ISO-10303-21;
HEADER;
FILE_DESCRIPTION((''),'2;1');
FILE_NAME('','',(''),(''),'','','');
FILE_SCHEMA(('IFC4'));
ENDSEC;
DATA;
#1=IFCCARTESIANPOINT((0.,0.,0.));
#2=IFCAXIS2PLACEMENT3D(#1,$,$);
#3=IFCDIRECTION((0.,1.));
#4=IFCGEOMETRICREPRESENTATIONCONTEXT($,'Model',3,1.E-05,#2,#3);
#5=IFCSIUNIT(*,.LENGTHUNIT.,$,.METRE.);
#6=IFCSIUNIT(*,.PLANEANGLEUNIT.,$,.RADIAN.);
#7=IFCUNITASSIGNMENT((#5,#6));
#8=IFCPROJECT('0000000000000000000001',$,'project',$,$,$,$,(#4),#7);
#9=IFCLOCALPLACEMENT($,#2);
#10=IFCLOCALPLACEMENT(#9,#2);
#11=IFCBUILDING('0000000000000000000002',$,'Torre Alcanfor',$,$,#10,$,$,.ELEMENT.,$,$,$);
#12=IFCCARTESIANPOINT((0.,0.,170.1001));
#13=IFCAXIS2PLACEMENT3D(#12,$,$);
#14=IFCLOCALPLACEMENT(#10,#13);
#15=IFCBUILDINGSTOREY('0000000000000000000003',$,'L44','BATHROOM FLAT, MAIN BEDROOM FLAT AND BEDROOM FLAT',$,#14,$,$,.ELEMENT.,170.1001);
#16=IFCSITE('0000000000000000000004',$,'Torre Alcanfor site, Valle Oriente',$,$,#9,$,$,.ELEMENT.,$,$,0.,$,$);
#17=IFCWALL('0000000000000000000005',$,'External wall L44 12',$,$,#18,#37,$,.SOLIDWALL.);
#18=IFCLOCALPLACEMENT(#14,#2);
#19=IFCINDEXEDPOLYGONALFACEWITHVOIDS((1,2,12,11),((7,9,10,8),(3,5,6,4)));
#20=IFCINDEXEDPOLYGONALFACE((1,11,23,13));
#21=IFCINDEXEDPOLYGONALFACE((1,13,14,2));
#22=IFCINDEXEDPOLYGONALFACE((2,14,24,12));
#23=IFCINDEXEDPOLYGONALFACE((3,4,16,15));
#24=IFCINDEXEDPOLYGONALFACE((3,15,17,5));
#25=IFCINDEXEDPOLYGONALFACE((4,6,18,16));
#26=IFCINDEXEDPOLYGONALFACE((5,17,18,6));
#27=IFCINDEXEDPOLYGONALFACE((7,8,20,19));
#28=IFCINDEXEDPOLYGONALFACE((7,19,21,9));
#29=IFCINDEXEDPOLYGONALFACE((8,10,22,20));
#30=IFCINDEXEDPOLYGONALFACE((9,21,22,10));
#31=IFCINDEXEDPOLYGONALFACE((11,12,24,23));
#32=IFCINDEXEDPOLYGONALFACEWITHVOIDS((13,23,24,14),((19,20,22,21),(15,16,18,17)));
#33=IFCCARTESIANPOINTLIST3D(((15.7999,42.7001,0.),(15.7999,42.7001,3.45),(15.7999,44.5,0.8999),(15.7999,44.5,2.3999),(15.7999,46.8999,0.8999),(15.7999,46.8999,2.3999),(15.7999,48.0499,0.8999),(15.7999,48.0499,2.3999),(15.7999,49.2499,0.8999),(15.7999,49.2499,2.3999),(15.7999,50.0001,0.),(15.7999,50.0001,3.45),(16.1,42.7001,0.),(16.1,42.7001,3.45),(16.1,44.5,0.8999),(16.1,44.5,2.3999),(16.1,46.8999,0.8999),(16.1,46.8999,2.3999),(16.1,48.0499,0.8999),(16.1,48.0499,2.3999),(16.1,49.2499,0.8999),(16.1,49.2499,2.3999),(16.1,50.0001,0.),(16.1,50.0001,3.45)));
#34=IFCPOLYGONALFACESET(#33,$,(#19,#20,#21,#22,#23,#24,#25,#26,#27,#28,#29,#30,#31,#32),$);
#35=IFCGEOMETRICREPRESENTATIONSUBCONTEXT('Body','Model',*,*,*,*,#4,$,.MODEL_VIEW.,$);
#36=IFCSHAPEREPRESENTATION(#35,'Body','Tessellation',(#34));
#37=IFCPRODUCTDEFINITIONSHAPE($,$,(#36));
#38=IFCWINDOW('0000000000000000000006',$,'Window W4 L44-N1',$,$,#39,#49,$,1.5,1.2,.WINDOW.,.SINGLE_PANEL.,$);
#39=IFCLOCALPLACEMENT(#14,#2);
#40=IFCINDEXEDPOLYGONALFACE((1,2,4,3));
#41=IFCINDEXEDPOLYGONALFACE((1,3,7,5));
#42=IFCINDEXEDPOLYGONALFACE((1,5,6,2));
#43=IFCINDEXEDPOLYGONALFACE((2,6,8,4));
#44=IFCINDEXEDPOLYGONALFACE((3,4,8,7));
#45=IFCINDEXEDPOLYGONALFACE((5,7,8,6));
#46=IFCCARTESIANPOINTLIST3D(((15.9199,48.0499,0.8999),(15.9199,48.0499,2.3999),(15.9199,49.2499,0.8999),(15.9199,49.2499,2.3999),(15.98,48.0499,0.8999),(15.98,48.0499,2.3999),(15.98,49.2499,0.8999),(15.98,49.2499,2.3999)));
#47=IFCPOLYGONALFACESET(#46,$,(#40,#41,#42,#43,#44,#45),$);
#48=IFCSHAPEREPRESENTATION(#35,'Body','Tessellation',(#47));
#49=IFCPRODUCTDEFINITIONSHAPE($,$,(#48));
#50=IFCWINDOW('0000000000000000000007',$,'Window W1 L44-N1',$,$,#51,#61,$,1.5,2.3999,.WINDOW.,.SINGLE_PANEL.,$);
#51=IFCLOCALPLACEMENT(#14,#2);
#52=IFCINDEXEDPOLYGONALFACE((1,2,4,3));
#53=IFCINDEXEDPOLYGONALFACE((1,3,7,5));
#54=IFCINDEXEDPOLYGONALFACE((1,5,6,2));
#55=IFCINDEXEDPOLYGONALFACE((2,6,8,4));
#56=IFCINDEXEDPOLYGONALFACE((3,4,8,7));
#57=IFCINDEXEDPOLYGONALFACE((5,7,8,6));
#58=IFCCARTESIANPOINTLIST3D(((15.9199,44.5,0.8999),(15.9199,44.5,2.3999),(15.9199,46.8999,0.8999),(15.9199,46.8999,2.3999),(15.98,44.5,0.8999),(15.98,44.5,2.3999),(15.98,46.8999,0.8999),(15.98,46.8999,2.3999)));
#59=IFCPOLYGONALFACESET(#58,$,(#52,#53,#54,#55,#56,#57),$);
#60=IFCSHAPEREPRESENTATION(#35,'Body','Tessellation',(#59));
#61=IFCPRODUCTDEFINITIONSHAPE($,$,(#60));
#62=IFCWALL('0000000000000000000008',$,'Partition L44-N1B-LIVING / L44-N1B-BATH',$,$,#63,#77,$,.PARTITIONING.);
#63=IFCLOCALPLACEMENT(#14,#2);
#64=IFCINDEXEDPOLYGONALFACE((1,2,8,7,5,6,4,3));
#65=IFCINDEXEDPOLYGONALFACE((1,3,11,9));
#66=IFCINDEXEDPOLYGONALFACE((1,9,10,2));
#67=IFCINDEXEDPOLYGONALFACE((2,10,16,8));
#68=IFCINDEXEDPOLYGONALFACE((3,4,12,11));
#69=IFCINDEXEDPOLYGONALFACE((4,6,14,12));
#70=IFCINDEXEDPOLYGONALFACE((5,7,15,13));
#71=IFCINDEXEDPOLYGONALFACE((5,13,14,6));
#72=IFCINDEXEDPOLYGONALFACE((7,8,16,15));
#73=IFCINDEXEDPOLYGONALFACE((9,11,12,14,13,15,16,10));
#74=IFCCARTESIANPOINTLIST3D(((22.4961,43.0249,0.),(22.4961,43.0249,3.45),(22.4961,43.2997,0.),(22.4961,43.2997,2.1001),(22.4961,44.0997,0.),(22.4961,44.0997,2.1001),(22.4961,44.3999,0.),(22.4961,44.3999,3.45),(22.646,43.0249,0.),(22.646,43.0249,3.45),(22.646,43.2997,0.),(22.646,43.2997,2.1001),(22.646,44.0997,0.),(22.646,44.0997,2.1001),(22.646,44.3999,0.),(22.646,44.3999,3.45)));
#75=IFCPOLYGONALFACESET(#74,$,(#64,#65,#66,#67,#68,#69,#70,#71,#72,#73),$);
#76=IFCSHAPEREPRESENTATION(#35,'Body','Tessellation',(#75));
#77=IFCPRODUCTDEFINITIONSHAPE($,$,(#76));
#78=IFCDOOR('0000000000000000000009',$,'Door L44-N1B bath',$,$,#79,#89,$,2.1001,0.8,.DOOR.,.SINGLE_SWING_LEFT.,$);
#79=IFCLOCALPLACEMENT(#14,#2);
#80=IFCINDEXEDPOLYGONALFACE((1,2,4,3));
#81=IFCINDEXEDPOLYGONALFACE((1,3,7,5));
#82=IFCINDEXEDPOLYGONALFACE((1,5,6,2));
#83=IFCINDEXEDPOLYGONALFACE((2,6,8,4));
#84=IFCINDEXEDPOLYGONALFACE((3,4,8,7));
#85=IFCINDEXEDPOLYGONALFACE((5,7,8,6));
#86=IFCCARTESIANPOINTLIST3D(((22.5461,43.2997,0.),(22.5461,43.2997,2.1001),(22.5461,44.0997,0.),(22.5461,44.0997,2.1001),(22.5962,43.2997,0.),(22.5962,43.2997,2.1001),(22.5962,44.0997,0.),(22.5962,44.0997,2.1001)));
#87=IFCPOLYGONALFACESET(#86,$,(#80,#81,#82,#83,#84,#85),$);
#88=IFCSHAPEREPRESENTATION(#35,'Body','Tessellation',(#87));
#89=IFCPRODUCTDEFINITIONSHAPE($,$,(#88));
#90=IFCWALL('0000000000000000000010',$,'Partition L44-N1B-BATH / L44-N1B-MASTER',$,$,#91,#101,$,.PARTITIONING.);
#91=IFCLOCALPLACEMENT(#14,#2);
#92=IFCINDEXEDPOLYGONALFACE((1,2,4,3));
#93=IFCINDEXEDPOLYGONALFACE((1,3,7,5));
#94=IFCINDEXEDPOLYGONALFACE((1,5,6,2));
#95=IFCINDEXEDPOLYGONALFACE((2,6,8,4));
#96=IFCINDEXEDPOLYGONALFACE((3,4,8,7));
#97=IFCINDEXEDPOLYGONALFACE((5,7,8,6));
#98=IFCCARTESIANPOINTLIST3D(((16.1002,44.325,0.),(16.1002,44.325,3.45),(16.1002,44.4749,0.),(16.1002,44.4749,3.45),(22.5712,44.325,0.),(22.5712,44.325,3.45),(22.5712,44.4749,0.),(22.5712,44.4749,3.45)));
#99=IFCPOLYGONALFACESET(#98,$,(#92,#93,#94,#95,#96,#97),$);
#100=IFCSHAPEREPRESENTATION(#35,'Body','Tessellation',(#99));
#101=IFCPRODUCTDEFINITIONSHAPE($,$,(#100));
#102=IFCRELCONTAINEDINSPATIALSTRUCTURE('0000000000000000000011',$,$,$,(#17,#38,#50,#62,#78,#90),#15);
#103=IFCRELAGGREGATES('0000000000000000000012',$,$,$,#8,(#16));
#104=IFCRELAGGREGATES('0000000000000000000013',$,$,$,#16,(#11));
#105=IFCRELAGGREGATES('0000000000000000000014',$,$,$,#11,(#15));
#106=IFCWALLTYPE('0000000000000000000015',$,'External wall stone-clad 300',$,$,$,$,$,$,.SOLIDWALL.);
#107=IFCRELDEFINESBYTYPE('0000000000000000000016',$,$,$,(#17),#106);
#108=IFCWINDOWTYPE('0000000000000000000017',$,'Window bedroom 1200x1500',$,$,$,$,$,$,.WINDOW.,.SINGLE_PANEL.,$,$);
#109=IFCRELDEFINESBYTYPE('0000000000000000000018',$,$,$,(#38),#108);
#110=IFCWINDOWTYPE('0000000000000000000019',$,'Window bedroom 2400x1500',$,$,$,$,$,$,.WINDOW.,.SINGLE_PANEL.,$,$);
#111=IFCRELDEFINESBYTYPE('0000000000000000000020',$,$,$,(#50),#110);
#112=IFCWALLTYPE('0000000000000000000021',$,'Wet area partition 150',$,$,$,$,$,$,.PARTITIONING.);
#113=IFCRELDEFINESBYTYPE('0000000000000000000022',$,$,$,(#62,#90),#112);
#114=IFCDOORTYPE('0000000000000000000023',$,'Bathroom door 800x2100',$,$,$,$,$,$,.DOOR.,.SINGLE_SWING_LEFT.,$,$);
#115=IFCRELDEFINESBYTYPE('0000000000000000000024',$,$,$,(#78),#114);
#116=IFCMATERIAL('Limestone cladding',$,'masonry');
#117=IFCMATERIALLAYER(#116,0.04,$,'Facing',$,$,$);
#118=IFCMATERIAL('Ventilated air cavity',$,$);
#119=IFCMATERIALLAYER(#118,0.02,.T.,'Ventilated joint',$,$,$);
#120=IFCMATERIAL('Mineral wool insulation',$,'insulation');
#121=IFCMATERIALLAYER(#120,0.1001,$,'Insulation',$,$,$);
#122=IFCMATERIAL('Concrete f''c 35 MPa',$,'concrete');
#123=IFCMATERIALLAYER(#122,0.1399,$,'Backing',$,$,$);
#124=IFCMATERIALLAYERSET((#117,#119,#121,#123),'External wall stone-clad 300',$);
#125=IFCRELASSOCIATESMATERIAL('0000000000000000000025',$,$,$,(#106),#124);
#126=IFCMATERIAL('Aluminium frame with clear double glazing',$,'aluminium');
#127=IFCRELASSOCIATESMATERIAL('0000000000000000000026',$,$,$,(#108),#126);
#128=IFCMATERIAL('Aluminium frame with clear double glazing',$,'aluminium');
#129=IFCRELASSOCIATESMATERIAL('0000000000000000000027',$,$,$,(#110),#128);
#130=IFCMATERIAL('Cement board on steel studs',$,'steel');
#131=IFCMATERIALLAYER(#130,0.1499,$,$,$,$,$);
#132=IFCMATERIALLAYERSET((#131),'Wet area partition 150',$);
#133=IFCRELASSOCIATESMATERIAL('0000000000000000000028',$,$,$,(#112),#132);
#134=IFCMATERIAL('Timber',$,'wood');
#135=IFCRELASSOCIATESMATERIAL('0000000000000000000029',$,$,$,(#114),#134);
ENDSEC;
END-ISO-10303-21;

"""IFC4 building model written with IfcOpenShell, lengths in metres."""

from ifc_helpers import new_model, si_unit, direction, frame, frame_2d, origin, place, context, subcontext, project, spatial, rectangle, extrude, material, layer, layer_set, type_object, element, fill, save


model = new_model("IFC4")

# Units and contexts
model_context = context("Model", 3, precision=1e-05, world=origin(), true_north=direction((0.0, 1.0)))
body_context = subcontext(model_context, "Body", "Model", "MODEL_VIEW")
ifc_project = project(units=[si_unit("LENGTHUNIT", "METRE"), si_unit("PLANEANGLEUNIT", "RADIAN")], contexts=[model_context])

# Site, building, storey
site_placement = place(None, origin())
site = spatial("IfcSite", under=ifc_project, at=site_placement, Name="Torre Alcanfor site, Valle Oriente", CompositionType="ELEMENT", RefElevation=0.0)
building_placement = place(site_placement, origin())
building = spatial("IfcBuilding", under=site, at=building_placement, Name="Torre Alcanfor", CompositionType="ELEMENT")
storey_placement = place(building_placement, frame((0.0, 0.0, 170.1001)))
storey = spatial("IfcBuildingStorey", under=building, at=storey_placement, Name="L44", Description="BATHROOM FLAT, MAIN BEDROOM FLAT AND BEDROOM FLAT", CompositionType="ELEMENT", Elevation=170.1001)

# Shared definitions
ifc_material_1 = material(Name="Limestone cladding", Category="masonry")
ifc_layer_1 = layer(ifc_material_1, 0.04, Name="Facing")
ifc_material_2 = material(Name="Ventilated air cavity")
ifc_layer_2 = layer(ifc_material_2, 0.02, ventilated=True, Name="Ventilated joint")
ifc_material_3 = material(Name="Mineral wool insulation", Category="insulation")
ifc_layer_3 = layer(ifc_material_3, 0.1001, Name="Insulation")
ifc_material_4 = material(Name="Concrete f'c 35 MPa", Category="concrete")
ifc_layer_4 = layer(ifc_material_4, 0.1399, Name="Backing")
ifc_layer_set_1 = layer_set([ifc_layer_1, ifc_layer_2, ifc_layer_3, ifc_layer_4], Name="External wall stone-clad 300")
wall_type_1 = type_object("IfcWallType", Name="External wall stone-clad 300", PredefinedType="SOLIDWALL", material=ifc_layer_set_1)
ifc_material_5 = material(Name="Aluminium frame with clear double glazing", Category="aluminium")
window_type_1 = type_object("IfcWindowType", Name="Window bedroom 1200x1500", PartitioningType="SINGLE_PANEL", PredefinedType="WINDOW", material=ifc_material_5)

# Wall, openings, windows
wall_1_placement = place(storey_placement, frame((15.95, 50.0, 0.0), z_axis=(0.0, 0.0, 1.0), x_axis=(0.0, -1.0, 0.0)))
wall_1 = element("IfcWall", 1, at=wall_1_placement, inside=storey, type_object=wall_type_1, Name="External wall L44 12", PredefinedType="SOLIDWALL", context=body_context, shape_type="SweptSolid", body=[
    extrude(rectangle(XDim=7.3, YDim=0.3, at=frame_2d((3.6499, 0.0))), origin(), (0.0, 0.0, 1.0), 3.45),
])
opening_1_placement = place(wall_1_placement, frame((3.1001, 0.0, 0.8999)))
opening_1 = element("IfcOpeningElement", 2, at=opening_1_placement, cuts=wall_1, PredefinedType="OPENING", context=body_context, shape_type="SweptSolid", body=[
    extrude(rectangle(XDim=2.3999, YDim=1.5, at=frame_2d((1.2, 0.75))), frame((0.0, 0.1599, 0.0), z_axis=(0.0, -1.0, 0.0), x_axis=(1.0, 0.0, 0.0)), (0.0, 0.0, 1.0), 0.3201),
])
opening_2_placement = place(wall_1_placement, frame((0.75, 0.0, 0.8999)))
opening_2 = element("IfcOpeningElement", 3, at=opening_2_placement, cuts=wall_1, PredefinedType="OPENING", context=body_context, shape_type="SweptSolid", body=[
    extrude(rectangle(XDim=1.2, YDim=1.5, at=frame_2d((0.6001, 0.75))), frame((0.0, 0.1599, 0.0), z_axis=(0.0, -1.0, 0.0), x_axis=(1.0, 0.0, 0.0)), (0.0, 0.0, 1.0), 0.3201),
])
window_1_placement = place(opening_2_placement, origin())
window_1 = element("IfcWindow", 4, at=window_1_placement, inside=storey, type_object=window_type_1, Name="Window W4 L44-N1", OverallHeight=1.5, OverallWidth=1.2, PartitioningType="SINGLE_PANEL", PredefinedType="WINDOW", context=body_context, shape_type="SweptSolid", body=[
    extrude(rectangle(XDim=1.2, YDim=1.5, at=frame_2d((0.6001, 0.75))), frame((0.0, 0.03, 0.0), z_axis=(0.0, -1.0, 0.0), x_axis=(1.0, 0.0, 0.0)), (0.0, 0.0, 1.0), 0.0601),
])
fill(opening_2, window_1)
ifc_material_6 = material(Name="Aluminium frame with clear double glazing", Category="aluminium")
window_type_2 = type_object("IfcWindowType", Name="Window bedroom 2400x1500", PartitioningType="SINGLE_PANEL", PredefinedType="WINDOW", material=ifc_material_6)
window_2_placement = place(opening_1_placement, origin())
window_2 = element("IfcWindow", 5, at=window_2_placement, inside=storey, type_object=window_type_2, Name="Window W1 L44-N1", OverallHeight=1.5, OverallWidth=2.3999, PartitioningType="SINGLE_PANEL", PredefinedType="WINDOW", context=body_context, shape_type="SweptSolid", body=[
    extrude(rectangle(XDim=2.3999, YDim=1.5, at=frame_2d((1.2, 0.75))), frame((0.0, 0.03, 0.0), z_axis=(0.0, -1.0, 0.0), x_axis=(1.0, 0.0, 0.0)), (0.0, 0.0, 1.0), 0.0601),
])
fill(opening_1, window_2)

# Wall, opening, door
ifc_material_7 = material(Name="Cement board on steel studs", Category="steel")
ifc_layer_5 = layer(ifc_material_7, 0.1499)
ifc_layer_set_2 = layer_set([ifc_layer_5], Name="Wet area partition 150")
wall_type_2 = type_object("IfcWallType", Name="Wet area partition 150", PredefinedType="PARTITIONING", material=ifc_layer_set_2)
wall_2_placement = place(storey_placement, frame((22.571, 43.0249, 0.0), z_axis=(0.0, 0.0, 1.0), x_axis=(0.0, 1.0, 0.0)))
wall_2 = element("IfcWall", 6, at=wall_2_placement, inside=storey, type_object=wall_type_2, Name="Partition L44-N1B-LIVING / L44-N1B-BATH", PredefinedType="PARTITIONING", context=body_context, shape_type="SweptSolid", body=[
    extrude(rectangle(XDim=1.375, YDim=0.1499, at=frame_2d((0.6875, 0.0))), origin(), (0.0, 0.0, 1.0), 3.45),
])
opening_3_placement = place(wall_2_placement, frame((0.2749, 0.0, 0.0)))
opening_3 = element("IfcOpeningElement", 7, at=opening_3_placement, cuts=wall_2, PredefinedType="OPENING", context=body_context, shape_type="SweptSolid", body=[
    extrude(rectangle(XDim=0.8, YDim=2.1001, at=frame_2d((0.3999, 1.05))), frame((0.0, 0.085, 0.0), z_axis=(0.0, -1.0, 0.0), x_axis=(1.0, 0.0, 0.0)), (0.0, 0.0, 1.0), 0.1699),
])
ifc_material_8 = material(Name="Timber", Category="wood")
door_type_1 = type_object("IfcDoorType", Name="Bathroom door 800x2100", OperationType="SINGLE_SWING_LEFT", PredefinedType="DOOR", material=ifc_material_8)
door_1_placement = place(opening_3_placement, origin())
door_1 = element("IfcDoor", 8, at=door_1_placement, inside=storey, type_object=door_type_1, Name="Door L44-N1B bath", OperationType="SINGLE_SWING_LEFT", OverallHeight=2.1001, OverallWidth=0.8, PredefinedType="DOOR", context=body_context, shape_type="SweptSolid", body=[
    extrude(rectangle(XDim=0.8, YDim=2.1001, at=frame_2d((0.3999, 1.05))), frame((0.0, 0.0249, 0.0), z_axis=(0.0, -1.0, 0.0), x_axis=(1.0, 0.0, 0.0)), (0.0, 0.0, 1.0), 0.05),
])
fill(opening_3, door_1)

# Wall
wall_3_placement = place(storey_placement, frame((22.571, 44.3999, 0.0), z_axis=(0.0, 0.0, 1.0), x_axis=(-1.0, 0.0, 0.0)))
element("IfcWall", 9, at=wall_3_placement, inside=storey, type_object=wall_type_2, Name="Partition L44-N1B-BATH / L44-N1B-MASTER", PredefinedType="PARTITIONING", context=body_context, shape_type="SweptSolid", body=[
    extrude(rectangle(XDim=6.4709, YDim=0.1499, at=frame_2d((3.2354, 0.0))), origin(), (0.0, 0.0, 1.0), 3.45),
])

save(model, "model.ifc")
